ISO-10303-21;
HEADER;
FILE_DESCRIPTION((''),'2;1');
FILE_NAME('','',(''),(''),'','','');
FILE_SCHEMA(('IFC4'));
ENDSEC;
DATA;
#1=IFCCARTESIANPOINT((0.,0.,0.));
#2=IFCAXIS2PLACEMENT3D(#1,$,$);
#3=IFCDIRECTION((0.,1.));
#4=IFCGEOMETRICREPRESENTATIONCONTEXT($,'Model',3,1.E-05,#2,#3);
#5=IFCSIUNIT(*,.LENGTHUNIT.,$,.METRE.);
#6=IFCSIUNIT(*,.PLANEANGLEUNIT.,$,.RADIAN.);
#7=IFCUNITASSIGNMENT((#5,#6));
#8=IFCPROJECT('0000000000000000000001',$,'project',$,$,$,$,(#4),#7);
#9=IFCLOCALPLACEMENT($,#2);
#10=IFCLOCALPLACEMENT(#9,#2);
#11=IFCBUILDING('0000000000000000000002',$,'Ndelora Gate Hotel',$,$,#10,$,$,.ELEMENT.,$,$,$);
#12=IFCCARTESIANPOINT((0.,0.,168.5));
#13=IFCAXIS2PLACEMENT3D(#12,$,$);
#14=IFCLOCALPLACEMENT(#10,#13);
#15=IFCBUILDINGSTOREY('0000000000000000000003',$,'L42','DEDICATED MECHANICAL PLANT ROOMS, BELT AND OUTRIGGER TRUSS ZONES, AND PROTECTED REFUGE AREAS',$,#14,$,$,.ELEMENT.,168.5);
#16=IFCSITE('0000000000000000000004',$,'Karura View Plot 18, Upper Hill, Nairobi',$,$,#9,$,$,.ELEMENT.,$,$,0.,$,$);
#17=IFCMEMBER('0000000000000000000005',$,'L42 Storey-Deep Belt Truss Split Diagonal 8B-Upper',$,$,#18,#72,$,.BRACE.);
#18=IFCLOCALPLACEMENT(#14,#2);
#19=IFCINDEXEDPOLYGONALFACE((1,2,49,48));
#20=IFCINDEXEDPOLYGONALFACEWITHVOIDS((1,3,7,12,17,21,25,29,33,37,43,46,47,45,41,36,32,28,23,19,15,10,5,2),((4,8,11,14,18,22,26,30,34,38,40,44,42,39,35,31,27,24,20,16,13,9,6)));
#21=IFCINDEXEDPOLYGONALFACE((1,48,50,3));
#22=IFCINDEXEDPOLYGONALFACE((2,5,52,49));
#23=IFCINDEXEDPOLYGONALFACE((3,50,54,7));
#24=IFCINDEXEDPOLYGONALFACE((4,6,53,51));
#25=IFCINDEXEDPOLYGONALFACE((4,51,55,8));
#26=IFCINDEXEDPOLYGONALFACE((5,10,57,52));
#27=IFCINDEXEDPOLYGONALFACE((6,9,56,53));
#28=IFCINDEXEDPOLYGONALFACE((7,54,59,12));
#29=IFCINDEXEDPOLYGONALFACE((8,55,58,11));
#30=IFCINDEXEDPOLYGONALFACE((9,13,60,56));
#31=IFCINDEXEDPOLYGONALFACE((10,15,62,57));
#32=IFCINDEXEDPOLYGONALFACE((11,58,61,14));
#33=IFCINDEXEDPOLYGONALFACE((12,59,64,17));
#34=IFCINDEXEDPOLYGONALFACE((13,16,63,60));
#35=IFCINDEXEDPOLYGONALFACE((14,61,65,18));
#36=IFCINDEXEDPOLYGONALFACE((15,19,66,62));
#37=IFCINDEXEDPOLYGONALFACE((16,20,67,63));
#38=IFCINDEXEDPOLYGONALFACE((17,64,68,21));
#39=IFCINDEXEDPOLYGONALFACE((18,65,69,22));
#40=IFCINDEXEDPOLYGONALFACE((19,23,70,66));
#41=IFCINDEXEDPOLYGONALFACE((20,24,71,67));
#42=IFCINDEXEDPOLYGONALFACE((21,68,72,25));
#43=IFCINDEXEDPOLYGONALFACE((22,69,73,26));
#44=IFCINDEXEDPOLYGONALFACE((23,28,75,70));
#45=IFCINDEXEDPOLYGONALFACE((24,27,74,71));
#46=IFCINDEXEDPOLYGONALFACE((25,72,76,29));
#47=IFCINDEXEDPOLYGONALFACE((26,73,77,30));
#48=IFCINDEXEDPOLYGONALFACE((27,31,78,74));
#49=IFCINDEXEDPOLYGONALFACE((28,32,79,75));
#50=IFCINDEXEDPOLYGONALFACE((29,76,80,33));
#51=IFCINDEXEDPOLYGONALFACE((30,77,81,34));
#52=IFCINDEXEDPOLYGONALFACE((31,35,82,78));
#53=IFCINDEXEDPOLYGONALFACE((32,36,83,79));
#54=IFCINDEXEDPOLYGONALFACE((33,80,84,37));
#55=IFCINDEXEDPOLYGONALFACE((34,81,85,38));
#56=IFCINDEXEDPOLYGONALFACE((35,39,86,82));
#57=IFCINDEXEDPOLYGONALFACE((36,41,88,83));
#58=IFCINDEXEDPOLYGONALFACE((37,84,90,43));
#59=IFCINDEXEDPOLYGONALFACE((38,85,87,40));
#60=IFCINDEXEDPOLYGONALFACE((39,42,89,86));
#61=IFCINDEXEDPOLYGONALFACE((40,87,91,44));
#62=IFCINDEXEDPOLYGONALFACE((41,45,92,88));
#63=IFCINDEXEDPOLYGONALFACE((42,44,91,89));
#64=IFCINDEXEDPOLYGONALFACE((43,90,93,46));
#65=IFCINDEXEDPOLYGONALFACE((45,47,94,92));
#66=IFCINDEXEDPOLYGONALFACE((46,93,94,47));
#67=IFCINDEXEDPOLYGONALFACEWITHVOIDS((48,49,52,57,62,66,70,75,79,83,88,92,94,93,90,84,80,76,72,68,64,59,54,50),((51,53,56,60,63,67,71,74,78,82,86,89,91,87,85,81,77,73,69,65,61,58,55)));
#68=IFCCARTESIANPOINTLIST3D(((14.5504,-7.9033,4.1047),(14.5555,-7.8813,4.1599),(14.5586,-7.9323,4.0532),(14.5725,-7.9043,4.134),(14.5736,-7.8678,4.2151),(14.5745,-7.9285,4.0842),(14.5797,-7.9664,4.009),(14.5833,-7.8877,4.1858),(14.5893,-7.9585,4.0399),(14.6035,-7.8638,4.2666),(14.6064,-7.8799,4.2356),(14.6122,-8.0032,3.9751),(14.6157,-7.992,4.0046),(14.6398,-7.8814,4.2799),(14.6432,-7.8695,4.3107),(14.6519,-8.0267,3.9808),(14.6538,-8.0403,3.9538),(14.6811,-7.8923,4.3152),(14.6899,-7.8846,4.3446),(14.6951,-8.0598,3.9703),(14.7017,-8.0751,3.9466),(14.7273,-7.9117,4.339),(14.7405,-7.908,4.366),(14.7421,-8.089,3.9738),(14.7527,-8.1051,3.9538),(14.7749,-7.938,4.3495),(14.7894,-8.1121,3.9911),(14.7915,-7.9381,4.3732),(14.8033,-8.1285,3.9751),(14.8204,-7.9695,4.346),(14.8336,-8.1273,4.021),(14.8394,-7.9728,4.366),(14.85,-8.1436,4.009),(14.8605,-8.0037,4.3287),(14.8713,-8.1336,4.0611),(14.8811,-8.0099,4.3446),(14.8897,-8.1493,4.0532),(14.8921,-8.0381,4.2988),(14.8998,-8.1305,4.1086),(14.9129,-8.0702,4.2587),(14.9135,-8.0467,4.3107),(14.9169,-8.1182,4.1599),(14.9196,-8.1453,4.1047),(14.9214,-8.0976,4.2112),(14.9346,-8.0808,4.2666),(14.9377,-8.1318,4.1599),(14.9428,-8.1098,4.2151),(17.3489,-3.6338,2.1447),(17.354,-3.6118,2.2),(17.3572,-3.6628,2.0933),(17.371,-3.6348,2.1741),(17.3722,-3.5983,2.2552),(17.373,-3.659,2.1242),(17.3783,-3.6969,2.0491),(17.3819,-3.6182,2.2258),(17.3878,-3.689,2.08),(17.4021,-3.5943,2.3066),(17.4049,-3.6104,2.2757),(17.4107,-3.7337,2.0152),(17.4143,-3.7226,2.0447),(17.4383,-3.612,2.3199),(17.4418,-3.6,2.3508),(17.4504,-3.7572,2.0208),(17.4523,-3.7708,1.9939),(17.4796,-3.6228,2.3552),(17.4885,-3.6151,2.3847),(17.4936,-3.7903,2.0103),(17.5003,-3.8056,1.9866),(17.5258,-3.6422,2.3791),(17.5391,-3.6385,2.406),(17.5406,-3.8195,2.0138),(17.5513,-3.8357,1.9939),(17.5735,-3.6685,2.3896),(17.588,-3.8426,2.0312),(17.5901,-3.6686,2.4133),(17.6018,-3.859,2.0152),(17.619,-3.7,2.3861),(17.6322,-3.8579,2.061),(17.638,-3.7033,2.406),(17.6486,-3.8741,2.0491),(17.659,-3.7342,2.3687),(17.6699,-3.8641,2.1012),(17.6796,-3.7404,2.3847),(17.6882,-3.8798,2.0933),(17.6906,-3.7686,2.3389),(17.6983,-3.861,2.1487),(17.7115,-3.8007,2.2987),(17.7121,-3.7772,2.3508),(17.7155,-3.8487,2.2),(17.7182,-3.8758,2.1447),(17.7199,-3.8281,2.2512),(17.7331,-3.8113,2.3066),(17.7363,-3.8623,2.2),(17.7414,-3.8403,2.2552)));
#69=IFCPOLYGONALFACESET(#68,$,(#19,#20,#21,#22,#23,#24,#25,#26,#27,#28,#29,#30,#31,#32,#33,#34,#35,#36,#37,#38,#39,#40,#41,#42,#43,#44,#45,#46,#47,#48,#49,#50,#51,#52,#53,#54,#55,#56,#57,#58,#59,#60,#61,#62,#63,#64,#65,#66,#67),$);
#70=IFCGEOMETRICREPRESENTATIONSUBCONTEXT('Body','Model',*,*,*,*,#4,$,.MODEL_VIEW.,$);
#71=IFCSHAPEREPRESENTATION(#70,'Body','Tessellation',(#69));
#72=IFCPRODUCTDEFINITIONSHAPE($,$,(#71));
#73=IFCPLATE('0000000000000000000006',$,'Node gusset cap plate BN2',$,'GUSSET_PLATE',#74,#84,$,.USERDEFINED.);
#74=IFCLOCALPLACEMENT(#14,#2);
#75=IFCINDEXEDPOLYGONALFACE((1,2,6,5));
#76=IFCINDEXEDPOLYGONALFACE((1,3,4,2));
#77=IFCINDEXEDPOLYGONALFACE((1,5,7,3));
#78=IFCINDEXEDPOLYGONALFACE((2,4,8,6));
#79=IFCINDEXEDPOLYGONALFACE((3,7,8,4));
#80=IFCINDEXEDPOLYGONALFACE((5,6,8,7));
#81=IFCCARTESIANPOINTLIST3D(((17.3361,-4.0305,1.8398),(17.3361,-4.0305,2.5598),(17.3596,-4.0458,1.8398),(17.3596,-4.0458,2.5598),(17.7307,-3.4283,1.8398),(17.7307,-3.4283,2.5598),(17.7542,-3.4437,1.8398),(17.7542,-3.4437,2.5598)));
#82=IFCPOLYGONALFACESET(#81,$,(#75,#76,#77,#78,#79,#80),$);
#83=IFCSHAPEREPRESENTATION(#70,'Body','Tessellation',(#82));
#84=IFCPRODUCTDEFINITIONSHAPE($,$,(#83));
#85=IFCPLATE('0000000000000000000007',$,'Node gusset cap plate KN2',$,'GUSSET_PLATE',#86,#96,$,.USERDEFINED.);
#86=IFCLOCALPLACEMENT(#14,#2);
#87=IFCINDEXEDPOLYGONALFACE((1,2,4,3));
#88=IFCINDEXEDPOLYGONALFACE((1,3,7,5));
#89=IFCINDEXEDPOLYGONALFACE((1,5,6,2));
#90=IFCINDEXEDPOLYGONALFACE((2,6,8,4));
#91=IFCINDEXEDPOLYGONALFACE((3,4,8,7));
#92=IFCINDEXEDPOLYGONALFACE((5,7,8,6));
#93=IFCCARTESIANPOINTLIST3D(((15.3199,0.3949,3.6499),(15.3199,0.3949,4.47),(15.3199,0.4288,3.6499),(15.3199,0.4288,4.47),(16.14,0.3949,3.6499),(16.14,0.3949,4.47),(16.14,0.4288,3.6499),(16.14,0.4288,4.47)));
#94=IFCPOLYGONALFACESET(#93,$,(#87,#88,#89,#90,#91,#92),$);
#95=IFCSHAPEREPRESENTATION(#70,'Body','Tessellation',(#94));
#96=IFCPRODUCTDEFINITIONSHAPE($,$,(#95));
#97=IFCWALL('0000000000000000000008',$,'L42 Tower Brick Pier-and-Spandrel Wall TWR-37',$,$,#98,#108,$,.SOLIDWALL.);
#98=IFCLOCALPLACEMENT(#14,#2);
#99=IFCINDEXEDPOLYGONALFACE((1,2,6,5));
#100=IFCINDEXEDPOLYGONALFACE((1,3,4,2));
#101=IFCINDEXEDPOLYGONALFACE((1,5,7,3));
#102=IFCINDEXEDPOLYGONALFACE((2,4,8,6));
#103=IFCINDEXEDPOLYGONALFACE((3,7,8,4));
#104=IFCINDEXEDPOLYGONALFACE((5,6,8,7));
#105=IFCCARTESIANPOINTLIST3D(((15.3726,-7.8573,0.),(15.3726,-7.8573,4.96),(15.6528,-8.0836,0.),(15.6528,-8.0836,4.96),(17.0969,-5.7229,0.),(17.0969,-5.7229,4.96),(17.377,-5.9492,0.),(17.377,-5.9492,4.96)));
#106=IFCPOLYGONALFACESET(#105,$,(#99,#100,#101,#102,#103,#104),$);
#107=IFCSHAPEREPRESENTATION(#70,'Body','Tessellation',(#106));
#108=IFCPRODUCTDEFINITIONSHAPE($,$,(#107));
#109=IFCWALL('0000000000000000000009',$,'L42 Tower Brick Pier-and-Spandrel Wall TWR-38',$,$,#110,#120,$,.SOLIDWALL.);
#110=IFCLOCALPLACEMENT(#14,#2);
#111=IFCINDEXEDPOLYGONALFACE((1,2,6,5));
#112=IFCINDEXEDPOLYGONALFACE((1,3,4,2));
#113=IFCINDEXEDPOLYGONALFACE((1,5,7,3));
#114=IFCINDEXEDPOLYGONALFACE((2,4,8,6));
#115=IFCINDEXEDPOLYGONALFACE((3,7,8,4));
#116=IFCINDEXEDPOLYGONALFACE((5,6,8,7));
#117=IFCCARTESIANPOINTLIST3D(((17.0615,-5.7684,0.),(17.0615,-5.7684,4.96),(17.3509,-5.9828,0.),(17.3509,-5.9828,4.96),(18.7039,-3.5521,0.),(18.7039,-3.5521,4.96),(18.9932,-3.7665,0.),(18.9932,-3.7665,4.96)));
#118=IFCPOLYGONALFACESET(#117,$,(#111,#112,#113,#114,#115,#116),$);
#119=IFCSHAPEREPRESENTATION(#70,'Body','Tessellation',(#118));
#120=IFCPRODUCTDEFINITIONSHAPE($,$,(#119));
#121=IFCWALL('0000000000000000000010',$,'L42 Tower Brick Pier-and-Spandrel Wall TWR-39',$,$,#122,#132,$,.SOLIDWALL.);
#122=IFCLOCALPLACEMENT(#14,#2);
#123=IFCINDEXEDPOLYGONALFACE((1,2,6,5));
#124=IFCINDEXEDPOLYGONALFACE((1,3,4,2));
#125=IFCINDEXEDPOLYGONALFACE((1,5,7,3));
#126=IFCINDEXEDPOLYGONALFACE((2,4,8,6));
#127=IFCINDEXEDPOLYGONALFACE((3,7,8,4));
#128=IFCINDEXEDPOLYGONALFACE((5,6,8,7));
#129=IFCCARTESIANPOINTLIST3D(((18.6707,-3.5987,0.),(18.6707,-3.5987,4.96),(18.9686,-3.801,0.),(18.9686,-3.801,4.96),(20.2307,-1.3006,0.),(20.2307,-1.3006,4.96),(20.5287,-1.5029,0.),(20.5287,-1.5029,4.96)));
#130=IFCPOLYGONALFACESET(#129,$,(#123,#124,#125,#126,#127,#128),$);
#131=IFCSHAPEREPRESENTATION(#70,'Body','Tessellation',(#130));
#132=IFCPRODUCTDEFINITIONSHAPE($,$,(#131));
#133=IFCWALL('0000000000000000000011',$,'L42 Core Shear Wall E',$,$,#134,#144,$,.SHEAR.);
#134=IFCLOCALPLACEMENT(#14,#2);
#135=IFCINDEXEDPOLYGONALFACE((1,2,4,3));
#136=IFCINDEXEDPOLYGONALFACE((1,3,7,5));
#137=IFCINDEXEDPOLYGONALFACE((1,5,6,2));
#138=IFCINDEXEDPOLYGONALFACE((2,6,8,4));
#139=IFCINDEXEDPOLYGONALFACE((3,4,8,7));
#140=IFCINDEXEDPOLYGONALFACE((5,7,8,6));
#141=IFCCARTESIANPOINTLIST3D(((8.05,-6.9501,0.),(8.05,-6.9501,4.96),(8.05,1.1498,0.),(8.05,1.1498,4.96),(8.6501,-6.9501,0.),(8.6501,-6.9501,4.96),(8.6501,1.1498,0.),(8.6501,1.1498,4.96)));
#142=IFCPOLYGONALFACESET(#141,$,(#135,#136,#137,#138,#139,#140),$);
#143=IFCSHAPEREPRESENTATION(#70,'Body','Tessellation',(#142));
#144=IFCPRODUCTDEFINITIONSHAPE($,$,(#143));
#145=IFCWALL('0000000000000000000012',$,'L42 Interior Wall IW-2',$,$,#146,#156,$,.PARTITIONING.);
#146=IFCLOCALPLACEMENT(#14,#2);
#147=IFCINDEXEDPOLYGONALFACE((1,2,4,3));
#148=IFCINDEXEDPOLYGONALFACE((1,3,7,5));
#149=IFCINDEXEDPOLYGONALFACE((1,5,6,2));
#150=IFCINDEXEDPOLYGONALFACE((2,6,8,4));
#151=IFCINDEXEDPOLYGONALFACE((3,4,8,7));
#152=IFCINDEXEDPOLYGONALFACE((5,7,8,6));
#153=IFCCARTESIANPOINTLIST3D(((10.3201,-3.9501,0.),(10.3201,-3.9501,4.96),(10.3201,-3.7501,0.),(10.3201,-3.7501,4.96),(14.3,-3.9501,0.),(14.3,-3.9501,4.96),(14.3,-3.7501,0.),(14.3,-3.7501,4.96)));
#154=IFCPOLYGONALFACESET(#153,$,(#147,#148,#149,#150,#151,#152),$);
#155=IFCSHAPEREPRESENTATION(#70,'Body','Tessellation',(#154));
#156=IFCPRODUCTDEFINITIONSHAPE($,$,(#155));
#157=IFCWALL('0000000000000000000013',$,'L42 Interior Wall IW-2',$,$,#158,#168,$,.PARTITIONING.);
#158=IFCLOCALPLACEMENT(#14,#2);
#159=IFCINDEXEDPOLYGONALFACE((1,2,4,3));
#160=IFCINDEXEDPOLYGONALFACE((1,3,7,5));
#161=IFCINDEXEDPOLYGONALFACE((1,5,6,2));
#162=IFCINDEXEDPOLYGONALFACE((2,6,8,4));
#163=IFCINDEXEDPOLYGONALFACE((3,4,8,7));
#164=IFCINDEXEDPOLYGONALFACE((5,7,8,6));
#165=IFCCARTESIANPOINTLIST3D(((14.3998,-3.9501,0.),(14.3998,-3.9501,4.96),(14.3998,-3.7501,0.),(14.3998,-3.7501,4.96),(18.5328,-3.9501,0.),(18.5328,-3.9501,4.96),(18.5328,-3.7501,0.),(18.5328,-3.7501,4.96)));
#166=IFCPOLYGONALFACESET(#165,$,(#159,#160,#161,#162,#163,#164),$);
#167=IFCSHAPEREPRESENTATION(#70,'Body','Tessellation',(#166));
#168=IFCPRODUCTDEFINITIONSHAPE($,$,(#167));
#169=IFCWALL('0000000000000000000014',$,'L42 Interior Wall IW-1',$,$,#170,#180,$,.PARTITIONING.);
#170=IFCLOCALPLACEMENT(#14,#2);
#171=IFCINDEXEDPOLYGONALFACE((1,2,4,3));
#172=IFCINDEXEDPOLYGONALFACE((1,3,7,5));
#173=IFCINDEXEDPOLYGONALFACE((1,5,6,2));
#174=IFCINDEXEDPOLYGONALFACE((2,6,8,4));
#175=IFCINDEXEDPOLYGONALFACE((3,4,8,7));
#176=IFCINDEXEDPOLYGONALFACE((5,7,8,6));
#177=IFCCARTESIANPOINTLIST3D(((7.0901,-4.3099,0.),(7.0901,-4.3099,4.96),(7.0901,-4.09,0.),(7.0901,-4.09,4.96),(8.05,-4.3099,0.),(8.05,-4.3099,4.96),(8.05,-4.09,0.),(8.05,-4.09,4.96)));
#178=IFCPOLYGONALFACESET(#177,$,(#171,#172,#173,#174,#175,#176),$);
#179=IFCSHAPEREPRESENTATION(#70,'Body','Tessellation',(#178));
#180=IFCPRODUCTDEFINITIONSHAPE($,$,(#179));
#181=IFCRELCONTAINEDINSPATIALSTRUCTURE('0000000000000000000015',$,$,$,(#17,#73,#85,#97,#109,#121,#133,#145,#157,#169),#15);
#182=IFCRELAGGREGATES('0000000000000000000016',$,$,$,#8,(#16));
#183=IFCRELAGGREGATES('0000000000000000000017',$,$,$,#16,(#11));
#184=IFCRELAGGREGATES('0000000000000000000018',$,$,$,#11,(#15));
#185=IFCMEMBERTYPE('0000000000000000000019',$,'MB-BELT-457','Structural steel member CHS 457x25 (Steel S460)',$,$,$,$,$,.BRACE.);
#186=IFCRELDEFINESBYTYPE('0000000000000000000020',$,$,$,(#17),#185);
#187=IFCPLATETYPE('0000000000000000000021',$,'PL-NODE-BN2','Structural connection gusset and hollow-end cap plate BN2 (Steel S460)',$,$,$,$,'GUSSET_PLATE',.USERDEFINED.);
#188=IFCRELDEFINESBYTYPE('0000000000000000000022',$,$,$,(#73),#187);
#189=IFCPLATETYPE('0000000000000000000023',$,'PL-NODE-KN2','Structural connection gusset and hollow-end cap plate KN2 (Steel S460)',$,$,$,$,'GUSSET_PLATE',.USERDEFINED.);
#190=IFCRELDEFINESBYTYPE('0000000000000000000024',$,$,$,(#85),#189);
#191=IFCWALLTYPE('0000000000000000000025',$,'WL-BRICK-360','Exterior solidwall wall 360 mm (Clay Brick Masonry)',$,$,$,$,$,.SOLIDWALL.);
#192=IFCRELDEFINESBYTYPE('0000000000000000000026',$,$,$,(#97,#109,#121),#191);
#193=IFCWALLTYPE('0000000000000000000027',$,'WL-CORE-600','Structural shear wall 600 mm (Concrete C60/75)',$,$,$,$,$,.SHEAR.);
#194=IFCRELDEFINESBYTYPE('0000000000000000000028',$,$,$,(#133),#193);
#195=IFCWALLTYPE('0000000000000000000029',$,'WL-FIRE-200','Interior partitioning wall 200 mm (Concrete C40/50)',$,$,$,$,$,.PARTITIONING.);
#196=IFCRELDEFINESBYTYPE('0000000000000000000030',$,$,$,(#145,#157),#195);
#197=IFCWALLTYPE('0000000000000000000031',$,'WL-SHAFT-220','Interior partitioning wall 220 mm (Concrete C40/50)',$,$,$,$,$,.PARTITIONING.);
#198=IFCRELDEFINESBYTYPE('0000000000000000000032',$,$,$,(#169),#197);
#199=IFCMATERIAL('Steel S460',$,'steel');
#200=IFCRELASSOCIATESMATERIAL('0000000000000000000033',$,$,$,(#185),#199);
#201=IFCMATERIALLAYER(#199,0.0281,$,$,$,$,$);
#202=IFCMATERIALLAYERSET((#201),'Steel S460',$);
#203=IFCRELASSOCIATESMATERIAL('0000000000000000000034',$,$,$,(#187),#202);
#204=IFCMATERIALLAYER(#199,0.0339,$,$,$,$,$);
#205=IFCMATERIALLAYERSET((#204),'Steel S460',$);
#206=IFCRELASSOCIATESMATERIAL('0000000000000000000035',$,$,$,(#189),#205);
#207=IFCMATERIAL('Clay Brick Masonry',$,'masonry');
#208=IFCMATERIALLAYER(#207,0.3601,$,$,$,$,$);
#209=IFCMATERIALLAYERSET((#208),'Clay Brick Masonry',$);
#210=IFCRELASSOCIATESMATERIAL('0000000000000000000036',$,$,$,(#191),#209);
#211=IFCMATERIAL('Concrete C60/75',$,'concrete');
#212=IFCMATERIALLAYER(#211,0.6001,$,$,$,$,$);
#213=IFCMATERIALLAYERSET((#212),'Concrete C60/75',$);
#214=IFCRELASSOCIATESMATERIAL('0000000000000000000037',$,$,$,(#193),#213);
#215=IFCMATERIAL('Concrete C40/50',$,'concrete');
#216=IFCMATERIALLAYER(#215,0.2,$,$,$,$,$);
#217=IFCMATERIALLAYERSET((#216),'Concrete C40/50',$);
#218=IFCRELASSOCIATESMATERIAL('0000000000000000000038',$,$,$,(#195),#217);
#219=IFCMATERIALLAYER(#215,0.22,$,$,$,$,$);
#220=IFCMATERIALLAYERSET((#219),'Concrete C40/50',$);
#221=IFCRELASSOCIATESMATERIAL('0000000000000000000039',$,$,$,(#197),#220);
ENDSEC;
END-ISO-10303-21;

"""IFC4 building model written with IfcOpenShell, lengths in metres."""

from ifc_helpers import new_model, si_unit, direction, frame, frame_2d, origin, origin_2d, place, context, subcontext, project, spatial, rectangle, hollow_circle, extrude, material, layer, layer_set, material_profile, profile_set, type_object, element, save


model = new_model("IFC4")

# Units and contexts
model_context = context("Model", 3, precision=1e-05, world=origin(), true_north=direction((0.0, 1.0)))
body_context = subcontext(model_context, "Body", "Model", "MODEL_VIEW")
ifc_project = project(units=[si_unit("LENGTHUNIT", "METRE"), si_unit("PLANEANGLEUNIT", "RADIAN")], contexts=[model_context])

# Site, building, storey
site_placement = place(None, origin())
site = spatial("IfcSite", under=ifc_project, at=site_placement, Name="Karura View Plot 18, Upper Hill, Nairobi", CompositionType="ELEMENT", RefElevation=0.0)
building_placement = place(site_placement, origin())
building = spatial("IfcBuilding", under=site, at=building_placement, Name="Ndelora Gate Hotel", CompositionType="ELEMENT")
storey_placement = place(building_placement, frame((0.0, 0.0, 168.5)))
storey = spatial("IfcBuildingStorey", under=building, at=storey_placement, Name="L42", Description="DEDICATED MECHANICAL PLANT ROOMS, BELT AND OUTRIGGER TRUSS ZONES, AND PROTECTED REFUGE AREAS", CompositionType="ELEMENT", Elevation=168.5)

# Shared definitions
ifc_material_1 = material(Name="Concrete C60/75", Category="concrete")

# Shared definitions
ifc_material_2 = material(Name="Steel S460", Category="steel")

# Member
ifc_material_profile_1 = material_profile(ifc_material_2, hollow_circle(Radius=0.2285, WallThickness=0.0249, at=origin_2d()), Name="CHS 457x25")
ifc_profile_set_1 = profile_set([ifc_material_profile_1], Name="Steel S460")
member_type = type_object("IfcMemberType", Name="MB-BELT-457", Description="Structural steel member CHS 457x25 (Steel S460)", PredefinedType="BRACE", material=ifc_profile_set_1)
member_placement = place(storey_placement, frame((17.5452, -3.7371, 2.2), z_axis=(-0.511782, -0.780777, 0.358422), x_axis=(0.836344, -0.548205, 0.0)))
element("IfcMember", 1, at=member_placement, inside=storey, type_object=member_type, Name="L42 Storey-Deep Belt Truss Split Diagonal 8B-Upper", PredefinedType="BRACE", context=body_context, shape_type="SweptSolid", body=[
    extrude(hollow_circle(Radius=0.2285, WallThickness=0.0249, at=origin_2d()), origin(), (0.0, 0.0, 1.0), 5.4683),
])

# Plates
ifc_layer_1 = layer(ifc_material_2, 0.0281)
ifc_layer_set_1 = layer_set([ifc_layer_1], Name="Steel S460")
plate_type_1 = type_object("IfcPlateType", Name="PL-NODE-BN2", Description="Structural connection gusset and hollow-end cap plate BN2 (Steel S460)", ElementType="GUSSET_PLATE", PredefinedType="USERDEFINED", material=ifc_layer_set_1)
plate_1_placement = place(storey_placement, frame((17.5452, -3.7371, 1.8398), z_axis=(0.0, 0.0, 1.0), x_axis=(0.548147, 0.836382, 0.0)))
element("IfcPlate", 2, at=plate_1_placement, inside=storey, type_object=plate_type_1, Name="Node gusset cap plate BN2", ObjectType="GUSSET_PLATE", PredefinedType="USERDEFINED", context=body_context, shape_type="SweptSolid", body=[
    extrude(rectangle(XDim=0.72, YDim=0.0281, at=origin_2d()), origin(), (0.0, 0.0, 1.0), 0.72),
])
ifc_layer_2 = layer(ifc_material_2, 0.0339)
ifc_layer_set_2 = layer_set([ifc_layer_2], Name="Steel S460")
plate_type_2 = type_object("IfcPlateType", Name="PL-NODE-KN2", Description="Structural connection gusset and hollow-end cap plate KN2 (Steel S460)", ElementType="GUSSET_PLATE", PredefinedType="USERDEFINED", material=ifc_layer_set_2)
plate_2_placement = place(storey_placement, frame((15.73, 0.4119, 3.6499), z_axis=(0.0, 0.0, 1.0), x_axis=(1.0, 0.0, 0.0)))
element("IfcPlate", 3, at=plate_2_placement, inside=storey, type_object=plate_type_2, Name="Node gusset cap plate KN2", ObjectType="GUSSET_PLATE", PredefinedType="USERDEFINED", context=body_context, shape_type="SweptSolid", body=[
    extrude(rectangle(XDim=0.8201, YDim=0.0339, at=origin_2d()), origin(), (0.0, 0.0, 1.0), 0.8201),
])

# Walls
ifc_material_3 = material(Name="Clay Brick Masonry", Category="masonry")
ifc_layer_3 = layer(ifc_material_3, 0.3601)
ifc_layer_set_3 = layer_set([ifc_layer_3], Name="Clay Brick Masonry")
wall_type_1 = type_object("IfcWallType", Name="WL-BRICK-360", Description="Exterior solidwall wall 360 mm (Clay Brick Masonry)", PredefinedType="SOLIDWALL", material=ifc_layer_set_3)
wall_1_placement = place(storey_placement, frame((17.2371, -5.8359, 0.0), z_axis=(0.0, 0.0, 1.0), x_axis=(-0.62841, -0.777883, 0.0)))
element("IfcWall", 4, at=wall_1_placement, inside=storey, type_object=wall_type_1, Name="L42 Tower Brick Pier-and-Spandrel Wall TWR-37", PredefinedType="SOLIDWALL", context=body_context, shape_type="SweptSolid", body=[
    extrude(rectangle(XDim=2.7439, YDim=0.3601, at=frame_2d((1.3721, 0.0))), origin(), (0.0, 0.0, 1.0), 4.96),
])
wall_2_placement = place(storey_placement, frame((18.8486, -3.6592, 0.0), z_axis=(0.0, 0.0, 1.0), x_axis=(-0.595374, -0.803449, 0.0)))
element("IfcWall", 5, at=wall_2_placement, inside=storey, type_object=wall_type_1, Name="L42 Tower Brick Pier-and-Spandrel Wall TWR-38", PredefinedType="SOLIDWALL", context=body_context, shape_type="SweptSolid", body=[
    extrude(rectangle(XDim=2.7585, YDim=0.3601, at=frame_2d((1.3794, 0.0))), origin(), (0.0, 0.0, 1.0), 4.96),
])
wall_3_placement = place(storey_placement, frame((20.3796, -1.4019, 0.0), z_axis=(0.0, 0.0, 1.0), x_axis=(-0.561658, -0.827369, 0.0)))
element("IfcWall", 6, at=wall_3_placement, inside=storey, type_object=wall_type_1, Name="L42 Tower Brick Pier-and-Spandrel Wall TWR-39", PredefinedType="SOLIDWALL", context=body_context, shape_type="SweptSolid", body=[
    extrude(rectangle(XDim=2.7776, YDim=0.3601, at=frame_2d((1.3887, 0.0))), origin(), (0.0, 0.0, 1.0), 4.96),
])
ifc_layer_4 = layer(ifc_material_1, 0.6001)
ifc_layer_set_4 = layer_set([ifc_layer_4], Name="Concrete C60/75")
wall_type_2 = type_object("IfcWallType", Name="WL-CORE-600", Description="Structural shear wall 600 mm (Concrete C60/75)", PredefinedType="SHEAR", material=ifc_layer_set_4)
wall_4_placement = place(storey_placement, frame((8.3501, -6.95, 0.0), z_axis=(0.0, 0.0, 1.0), x_axis=(0.0, 1.0, 0.0)))
element("IfcWall", 7, at=wall_4_placement, inside=storey, type_object=wall_type_2, Name="L42 Core Shear Wall E", PredefinedType="SHEAR", context=body_context, shape_type="SweptSolid", body=[
    extrude(rectangle(XDim=8.0999, YDim=0.6001, at=frame_2d((4.0498, 0.0))), origin(), (0.0, 0.0, 1.0), 4.96),
])
ifc_material_4 = material(Name="Concrete C40/50", Category="concrete")
ifc_layer_5 = layer(ifc_material_4, 0.2)
ifc_layer_set_5 = layer_set([ifc_layer_5], Name="Concrete C40/50")
wall_type_3 = type_object("IfcWallType", Name="WL-FIRE-200", Description="Interior partitioning wall 200 mm (Concrete C40/50)", PredefinedType="PARTITIONING", material=ifc_layer_set_5)
wall_5_placement = place(storey_placement, frame((10.3201, -3.8501, 0.0), z_axis=(0.0, 0.0, 1.0), x_axis=(1.0, 0.0, 0.0)))
element("IfcWall", 8, at=wall_5_placement, inside=storey, type_object=wall_type_3, Name="L42 Interior Wall IW-2", PredefinedType="PARTITIONING", context=body_context, shape_type="SweptSolid", body=[
    extrude(rectangle(XDim=3.98, YDim=0.2, at=frame_2d((1.99, 0.0))), origin(), (0.0, 0.0, 1.0), 4.96),
])
wall_6_placement = place(storey_placement, frame((14.3999, -3.8501, 0.0), z_axis=(0.0, 0.0, 1.0), x_axis=(1.0, 0.0, 0.0)))
element("IfcWall", 9, at=wall_6_placement, inside=storey, type_object=wall_type_3, Name="L42 Interior Wall IW-2", PredefinedType="PARTITIONING", context=body_context, shape_type="SweptSolid", body=[
    extrude(rectangle(XDim=4.1331, YDim=0.2, at=frame_2d((2.0664, 0.0))), origin(), (0.0, 0.0, 1.0), 4.96),
])
ifc_layer_6 = layer(ifc_material_4, 0.22)
ifc_layer_set_6 = layer_set([ifc_layer_6], Name="Concrete C40/50")
wall_type_4 = type_object("IfcWallType", Name="WL-SHAFT-220", Description="Interior partitioning wall 220 mm (Concrete C40/50)", PredefinedType="PARTITIONING", material=ifc_layer_set_6)
wall_7_placement = place(storey_placement, frame((7.0901, -4.2, 0.0), z_axis=(0.0, 0.0, 1.0), x_axis=(1.0, 0.0, 0.0)))
element("IfcWall", 10, at=wall_7_placement, inside=storey, type_object=wall_type_4, Name="L42 Interior Wall IW-1", PredefinedType="PARTITIONING", context=body_context, shape_type="SweptSolid", body=[
    extrude(rectangle(XDim=0.96, YDim=0.22, at=frame_2d((0.48, 0.0))), origin(), (0.0, 0.0, 1.0), 4.96),
])

save(model, "model.ifc")
